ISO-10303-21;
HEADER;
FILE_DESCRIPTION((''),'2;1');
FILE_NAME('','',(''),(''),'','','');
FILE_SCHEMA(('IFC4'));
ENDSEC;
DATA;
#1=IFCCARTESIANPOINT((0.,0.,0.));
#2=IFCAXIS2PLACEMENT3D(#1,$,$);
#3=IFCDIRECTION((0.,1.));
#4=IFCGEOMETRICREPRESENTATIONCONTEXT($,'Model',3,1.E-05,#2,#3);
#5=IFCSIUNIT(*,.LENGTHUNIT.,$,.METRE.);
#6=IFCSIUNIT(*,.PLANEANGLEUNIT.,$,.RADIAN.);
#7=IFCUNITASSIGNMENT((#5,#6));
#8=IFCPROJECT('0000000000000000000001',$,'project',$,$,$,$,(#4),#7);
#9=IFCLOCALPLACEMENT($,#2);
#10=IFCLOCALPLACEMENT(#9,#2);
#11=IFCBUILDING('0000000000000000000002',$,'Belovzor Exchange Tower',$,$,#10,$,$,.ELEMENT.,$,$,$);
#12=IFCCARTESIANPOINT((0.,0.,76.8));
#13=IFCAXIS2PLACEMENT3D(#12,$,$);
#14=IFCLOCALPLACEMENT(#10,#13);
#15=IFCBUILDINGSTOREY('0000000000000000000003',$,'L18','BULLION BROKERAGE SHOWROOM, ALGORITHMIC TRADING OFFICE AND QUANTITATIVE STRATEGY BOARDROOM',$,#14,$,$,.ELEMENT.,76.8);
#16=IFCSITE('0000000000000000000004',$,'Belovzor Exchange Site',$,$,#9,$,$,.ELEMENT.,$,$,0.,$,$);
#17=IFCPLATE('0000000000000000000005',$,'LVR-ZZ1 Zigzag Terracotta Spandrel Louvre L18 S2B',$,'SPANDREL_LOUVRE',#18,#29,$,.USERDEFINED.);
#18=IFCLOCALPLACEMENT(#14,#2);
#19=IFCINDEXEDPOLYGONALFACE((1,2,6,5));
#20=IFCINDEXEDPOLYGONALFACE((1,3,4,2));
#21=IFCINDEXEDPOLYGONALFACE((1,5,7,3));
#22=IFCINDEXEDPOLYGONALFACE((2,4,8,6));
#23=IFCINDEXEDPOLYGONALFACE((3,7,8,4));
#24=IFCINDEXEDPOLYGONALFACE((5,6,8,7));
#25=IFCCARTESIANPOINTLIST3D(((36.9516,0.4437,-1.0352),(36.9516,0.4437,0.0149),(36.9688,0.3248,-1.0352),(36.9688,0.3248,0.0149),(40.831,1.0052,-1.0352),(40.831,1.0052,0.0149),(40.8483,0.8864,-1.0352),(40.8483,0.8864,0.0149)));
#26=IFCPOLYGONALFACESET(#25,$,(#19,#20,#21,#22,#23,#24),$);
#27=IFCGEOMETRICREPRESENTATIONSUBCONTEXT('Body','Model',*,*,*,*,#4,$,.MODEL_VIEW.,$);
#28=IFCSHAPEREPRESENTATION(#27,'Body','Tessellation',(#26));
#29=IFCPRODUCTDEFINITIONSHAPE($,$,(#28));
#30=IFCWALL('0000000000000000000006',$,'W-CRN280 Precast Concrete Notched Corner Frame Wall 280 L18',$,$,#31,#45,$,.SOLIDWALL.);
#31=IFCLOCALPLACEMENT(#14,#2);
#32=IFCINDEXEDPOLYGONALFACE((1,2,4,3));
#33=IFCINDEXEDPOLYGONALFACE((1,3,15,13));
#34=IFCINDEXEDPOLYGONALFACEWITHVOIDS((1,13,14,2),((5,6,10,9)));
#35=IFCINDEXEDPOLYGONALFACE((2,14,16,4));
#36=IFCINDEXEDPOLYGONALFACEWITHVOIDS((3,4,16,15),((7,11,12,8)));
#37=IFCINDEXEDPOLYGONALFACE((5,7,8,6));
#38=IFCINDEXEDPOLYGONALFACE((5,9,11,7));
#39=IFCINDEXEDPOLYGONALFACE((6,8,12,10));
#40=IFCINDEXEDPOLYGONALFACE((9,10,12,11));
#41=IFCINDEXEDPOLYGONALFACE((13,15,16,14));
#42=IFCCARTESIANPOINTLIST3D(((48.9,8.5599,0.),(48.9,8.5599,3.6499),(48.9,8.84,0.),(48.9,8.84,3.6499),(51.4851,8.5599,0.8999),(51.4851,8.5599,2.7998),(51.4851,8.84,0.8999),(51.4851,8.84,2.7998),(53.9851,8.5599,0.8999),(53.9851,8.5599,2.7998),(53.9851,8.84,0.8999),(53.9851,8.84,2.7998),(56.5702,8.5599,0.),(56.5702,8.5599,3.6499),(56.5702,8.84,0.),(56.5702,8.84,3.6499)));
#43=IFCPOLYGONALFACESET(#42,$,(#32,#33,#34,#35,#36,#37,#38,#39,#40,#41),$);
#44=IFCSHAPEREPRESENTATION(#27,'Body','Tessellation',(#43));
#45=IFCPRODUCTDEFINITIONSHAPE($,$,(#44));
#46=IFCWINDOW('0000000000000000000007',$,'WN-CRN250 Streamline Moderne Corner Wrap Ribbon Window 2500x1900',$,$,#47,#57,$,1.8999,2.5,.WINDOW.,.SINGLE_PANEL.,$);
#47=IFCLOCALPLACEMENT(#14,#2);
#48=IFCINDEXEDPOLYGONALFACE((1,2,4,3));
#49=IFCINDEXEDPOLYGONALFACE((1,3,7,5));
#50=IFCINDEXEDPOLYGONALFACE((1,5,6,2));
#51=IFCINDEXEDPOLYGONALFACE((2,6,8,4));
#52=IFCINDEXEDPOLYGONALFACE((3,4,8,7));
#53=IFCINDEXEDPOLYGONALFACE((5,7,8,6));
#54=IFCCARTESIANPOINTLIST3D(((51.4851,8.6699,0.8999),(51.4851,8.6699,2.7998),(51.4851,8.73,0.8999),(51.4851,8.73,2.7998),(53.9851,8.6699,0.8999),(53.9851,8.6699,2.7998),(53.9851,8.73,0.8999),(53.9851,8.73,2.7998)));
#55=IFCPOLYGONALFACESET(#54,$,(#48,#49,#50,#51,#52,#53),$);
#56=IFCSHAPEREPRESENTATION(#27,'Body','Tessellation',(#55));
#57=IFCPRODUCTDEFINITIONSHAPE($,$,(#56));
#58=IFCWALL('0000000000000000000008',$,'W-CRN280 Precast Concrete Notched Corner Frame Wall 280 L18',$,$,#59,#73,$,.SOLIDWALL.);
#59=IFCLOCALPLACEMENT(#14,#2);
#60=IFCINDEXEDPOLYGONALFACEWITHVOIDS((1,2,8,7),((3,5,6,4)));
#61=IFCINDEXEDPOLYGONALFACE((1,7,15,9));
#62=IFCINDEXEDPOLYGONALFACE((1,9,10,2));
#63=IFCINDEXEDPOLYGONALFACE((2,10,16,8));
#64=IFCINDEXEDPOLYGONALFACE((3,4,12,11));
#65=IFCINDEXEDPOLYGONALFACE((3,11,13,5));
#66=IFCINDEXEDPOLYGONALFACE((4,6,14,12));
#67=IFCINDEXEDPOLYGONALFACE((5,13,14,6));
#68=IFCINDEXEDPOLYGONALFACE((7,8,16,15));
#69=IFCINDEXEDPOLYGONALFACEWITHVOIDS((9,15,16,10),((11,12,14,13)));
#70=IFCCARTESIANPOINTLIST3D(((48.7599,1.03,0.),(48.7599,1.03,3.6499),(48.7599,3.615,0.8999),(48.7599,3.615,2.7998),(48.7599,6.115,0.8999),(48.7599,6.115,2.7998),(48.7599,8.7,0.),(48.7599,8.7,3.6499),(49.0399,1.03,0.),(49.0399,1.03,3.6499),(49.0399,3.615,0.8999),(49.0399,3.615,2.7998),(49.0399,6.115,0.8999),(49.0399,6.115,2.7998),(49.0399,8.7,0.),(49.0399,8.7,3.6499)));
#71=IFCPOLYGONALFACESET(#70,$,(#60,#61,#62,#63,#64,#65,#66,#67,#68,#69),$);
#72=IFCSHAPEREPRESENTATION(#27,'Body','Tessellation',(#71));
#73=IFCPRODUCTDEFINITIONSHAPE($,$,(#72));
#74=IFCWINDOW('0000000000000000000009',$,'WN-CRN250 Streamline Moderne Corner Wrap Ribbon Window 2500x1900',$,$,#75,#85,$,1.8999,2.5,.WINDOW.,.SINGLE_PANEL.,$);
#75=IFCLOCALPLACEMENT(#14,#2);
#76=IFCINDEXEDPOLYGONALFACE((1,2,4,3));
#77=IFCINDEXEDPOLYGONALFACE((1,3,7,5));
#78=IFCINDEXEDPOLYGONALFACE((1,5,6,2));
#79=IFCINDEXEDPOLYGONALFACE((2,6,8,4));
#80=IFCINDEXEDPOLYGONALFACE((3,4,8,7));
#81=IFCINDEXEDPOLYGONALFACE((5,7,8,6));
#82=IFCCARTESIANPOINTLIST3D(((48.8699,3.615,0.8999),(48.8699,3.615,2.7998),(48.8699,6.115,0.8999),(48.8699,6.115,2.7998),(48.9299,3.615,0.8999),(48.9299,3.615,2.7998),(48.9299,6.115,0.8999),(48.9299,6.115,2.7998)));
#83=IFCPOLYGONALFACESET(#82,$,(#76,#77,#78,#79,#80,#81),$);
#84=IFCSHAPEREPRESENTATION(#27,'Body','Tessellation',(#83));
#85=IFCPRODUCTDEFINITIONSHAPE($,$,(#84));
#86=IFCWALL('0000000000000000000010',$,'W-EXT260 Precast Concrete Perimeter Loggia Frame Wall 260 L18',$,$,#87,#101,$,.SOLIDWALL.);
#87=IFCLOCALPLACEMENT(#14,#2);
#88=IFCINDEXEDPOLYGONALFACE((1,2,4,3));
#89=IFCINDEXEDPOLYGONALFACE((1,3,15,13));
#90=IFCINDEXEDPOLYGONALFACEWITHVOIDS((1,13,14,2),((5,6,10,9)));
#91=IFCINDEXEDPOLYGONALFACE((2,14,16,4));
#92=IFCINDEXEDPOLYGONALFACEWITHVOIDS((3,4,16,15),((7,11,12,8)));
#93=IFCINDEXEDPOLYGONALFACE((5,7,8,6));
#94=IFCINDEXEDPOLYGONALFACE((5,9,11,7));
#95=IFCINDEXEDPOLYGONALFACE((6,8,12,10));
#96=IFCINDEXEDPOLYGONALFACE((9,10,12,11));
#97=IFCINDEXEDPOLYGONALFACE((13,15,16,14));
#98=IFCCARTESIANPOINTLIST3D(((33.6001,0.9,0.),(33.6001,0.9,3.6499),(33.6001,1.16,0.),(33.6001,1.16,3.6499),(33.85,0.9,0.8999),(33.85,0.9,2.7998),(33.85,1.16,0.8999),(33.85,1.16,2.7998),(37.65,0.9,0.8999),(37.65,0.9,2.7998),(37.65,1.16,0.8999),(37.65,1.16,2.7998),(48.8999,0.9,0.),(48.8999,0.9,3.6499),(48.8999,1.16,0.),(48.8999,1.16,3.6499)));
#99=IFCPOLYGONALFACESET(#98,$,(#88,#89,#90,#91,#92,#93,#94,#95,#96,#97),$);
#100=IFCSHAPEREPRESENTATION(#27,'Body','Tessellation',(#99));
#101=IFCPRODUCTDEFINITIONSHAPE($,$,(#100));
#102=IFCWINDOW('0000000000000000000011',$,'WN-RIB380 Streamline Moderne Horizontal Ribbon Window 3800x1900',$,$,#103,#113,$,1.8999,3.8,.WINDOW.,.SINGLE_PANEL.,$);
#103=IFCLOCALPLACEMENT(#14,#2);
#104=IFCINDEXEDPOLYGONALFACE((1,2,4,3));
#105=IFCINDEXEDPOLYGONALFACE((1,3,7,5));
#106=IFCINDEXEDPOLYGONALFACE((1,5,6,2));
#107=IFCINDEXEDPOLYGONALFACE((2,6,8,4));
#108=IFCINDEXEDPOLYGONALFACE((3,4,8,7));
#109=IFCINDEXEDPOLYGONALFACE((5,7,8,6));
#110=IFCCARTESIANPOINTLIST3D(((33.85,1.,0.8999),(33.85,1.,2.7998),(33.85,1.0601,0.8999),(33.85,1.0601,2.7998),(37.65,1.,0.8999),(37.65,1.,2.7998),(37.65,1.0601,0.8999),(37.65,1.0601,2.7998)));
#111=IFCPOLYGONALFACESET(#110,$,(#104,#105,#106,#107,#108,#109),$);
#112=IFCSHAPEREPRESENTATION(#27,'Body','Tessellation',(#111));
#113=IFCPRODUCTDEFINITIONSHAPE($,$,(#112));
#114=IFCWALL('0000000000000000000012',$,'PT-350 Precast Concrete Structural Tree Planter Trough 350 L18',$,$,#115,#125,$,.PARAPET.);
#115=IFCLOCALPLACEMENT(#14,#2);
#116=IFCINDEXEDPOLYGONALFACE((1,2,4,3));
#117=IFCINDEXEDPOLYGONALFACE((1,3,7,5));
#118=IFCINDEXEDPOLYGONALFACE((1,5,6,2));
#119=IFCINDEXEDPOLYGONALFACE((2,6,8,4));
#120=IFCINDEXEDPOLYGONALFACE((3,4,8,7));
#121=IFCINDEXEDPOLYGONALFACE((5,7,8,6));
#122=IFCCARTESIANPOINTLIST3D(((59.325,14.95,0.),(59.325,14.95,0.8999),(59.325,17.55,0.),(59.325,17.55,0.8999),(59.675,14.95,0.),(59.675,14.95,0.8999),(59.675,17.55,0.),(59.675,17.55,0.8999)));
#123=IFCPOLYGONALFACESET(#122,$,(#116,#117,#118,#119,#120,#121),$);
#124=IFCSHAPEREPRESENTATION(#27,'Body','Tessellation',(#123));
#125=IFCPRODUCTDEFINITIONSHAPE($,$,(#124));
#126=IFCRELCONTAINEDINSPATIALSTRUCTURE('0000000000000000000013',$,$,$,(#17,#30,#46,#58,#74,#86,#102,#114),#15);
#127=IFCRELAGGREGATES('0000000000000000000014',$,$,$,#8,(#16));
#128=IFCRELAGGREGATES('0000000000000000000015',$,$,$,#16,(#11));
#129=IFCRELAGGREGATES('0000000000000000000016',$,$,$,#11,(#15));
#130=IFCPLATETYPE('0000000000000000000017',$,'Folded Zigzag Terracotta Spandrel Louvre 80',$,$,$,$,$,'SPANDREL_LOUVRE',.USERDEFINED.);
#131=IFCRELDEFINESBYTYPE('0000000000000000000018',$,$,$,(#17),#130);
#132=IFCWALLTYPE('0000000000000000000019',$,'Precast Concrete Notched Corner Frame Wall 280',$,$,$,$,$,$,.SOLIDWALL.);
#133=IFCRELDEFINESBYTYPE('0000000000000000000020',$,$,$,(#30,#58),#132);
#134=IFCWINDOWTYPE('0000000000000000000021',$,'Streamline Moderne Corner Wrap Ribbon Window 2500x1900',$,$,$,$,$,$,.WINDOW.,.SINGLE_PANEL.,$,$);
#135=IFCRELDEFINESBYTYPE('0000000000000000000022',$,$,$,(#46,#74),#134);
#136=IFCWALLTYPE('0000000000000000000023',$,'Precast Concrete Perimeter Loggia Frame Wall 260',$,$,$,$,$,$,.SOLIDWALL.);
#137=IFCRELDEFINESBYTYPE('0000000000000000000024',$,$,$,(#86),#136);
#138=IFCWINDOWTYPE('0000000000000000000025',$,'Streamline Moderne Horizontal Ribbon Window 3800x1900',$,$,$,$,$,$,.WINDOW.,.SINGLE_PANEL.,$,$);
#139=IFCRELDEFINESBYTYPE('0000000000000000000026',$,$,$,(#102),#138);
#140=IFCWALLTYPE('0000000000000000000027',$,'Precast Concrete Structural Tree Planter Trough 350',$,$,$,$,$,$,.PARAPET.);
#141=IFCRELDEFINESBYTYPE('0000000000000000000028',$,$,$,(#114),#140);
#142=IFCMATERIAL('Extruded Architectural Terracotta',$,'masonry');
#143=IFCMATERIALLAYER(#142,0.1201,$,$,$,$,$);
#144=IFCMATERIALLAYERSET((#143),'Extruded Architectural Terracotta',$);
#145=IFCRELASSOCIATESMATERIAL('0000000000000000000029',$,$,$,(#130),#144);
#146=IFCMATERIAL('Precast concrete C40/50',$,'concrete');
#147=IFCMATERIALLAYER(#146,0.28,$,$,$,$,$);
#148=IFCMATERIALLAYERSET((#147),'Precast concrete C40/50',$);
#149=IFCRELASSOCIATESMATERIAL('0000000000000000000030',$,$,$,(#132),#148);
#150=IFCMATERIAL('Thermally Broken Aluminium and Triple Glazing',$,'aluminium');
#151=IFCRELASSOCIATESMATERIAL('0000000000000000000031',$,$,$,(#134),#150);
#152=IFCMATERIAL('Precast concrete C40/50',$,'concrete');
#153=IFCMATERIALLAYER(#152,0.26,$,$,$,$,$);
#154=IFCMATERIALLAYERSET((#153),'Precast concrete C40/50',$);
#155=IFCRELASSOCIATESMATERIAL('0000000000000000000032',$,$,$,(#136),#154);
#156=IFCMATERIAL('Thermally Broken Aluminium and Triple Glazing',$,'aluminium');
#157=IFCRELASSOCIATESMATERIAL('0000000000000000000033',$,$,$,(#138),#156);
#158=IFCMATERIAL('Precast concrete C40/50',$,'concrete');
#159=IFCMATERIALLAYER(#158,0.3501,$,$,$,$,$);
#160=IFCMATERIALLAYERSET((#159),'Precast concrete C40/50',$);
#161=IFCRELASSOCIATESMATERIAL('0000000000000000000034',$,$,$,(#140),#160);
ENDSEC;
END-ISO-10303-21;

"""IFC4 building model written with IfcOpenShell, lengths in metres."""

from ifc_helpers import new_model, si_unit, direction, frame, frame_2d, origin, origin_2d, place, context, subcontext, project, spatial, rectangle, extrude, material, layer, layer_set, type_object, element, fill, save


model = new_model("IFC4")

# Units and contexts
model_context = context("Model", 3, precision=1e-05, world=origin(), true_north=direction((0.0, 1.0)))
body_context = subcontext(model_context, "Body", "Model", "MODEL_VIEW")
ifc_project = project(units=[si_unit("LENGTHUNIT", "METRE"), si_unit("PLANEANGLEUNIT", "RADIAN")], contexts=[model_context])

# Site, building, storey
site_placement = place(None, origin())
site = spatial("IfcSite", under=ifc_project, at=site_placement, Name="Belovzor Exchange Site", CompositionType="ELEMENT", RefElevation=0.0)
building_placement = place(site_placement, origin())
building = spatial("IfcBuilding", under=site, at=building_placement, Name="Belovzor Exchange Tower", CompositionType="ELEMENT")
storey_placement = place(building_placement, frame((0.0, 0.0, 76.8)))
storey = spatial("IfcBuildingStorey", under=building, at=storey_placement, Name="L18", Description="BULLION BROKERAGE SHOWROOM, ALGORITHMIC TRADING OFFICE AND QUANTITATIVE STRATEGY BOARDROOM", CompositionType="ELEMENT", Elevation=76.8)

# Plate
ifc_material_1 = material(Name="Extruded Architectural Terracotta", Category="masonry")
ifc_layer_1 = layer(ifc_material_1, 0.1201)
ifc_layer_set_1 = layer_set([ifc_layer_1], Name="Extruded Architectural Terracotta")
plate_type = type_object("IfcPlateType", Name="Folded Zigzag Terracotta Spandrel Louvre 80", ElementType="SPANDREL_LOUVRE", PredefinedType="USERDEFINED", material=ifc_layer_set_1)
plate_placement = place(storey_placement, frame((38.8999, 0.665, -1.0352), z_axis=(0.0, 0.0, 1.0), x_axis=(0.989686, 0.143251, 0.0)))
element("IfcPlate", 1, at=plate_placement, inside=storey, type_object=plate_type, Name="LVR-ZZ1 Zigzag Terracotta Spandrel Louvre L18 S2B", ObjectType="SPANDREL_LOUVRE", PredefinedType="USERDEFINED", context=body_context, shape_type="SweptSolid", body=[
    extrude(rectangle(XDim=3.9199, YDim=0.1201, at=origin_2d()), origin(), (0.0, 0.0, 1.0), 1.05),
])

# Walls, openings, windows
ifc_material_2 = material(Name="Precast concrete C40/50", Category="concrete")
ifc_layer_2 = layer(ifc_material_2, 0.28)
ifc_layer_set_2 = layer_set([ifc_layer_2], Name="Precast concrete C40/50")
wall_type_1 = type_object("IfcWallType", Name="Precast Concrete Notched Corner Frame Wall 280", PredefinedType="SOLIDWALL", material=ifc_layer_set_2)
wall_1_placement = place(storey_placement, frame((56.5701, 8.7, 0.0), z_axis=(0.0, 0.0, 1.0), x_axis=(-1.0, 0.0, 0.0)))
wall_1 = element("IfcWall", 2, at=wall_1_placement, inside=storey, type_object=wall_type_1, Name="W-CRN280 Precast Concrete Notched Corner Frame Wall 280 L18", PredefinedType="SOLIDWALL", context=body_context, shape_type="SweptSolid", body=[
    extrude(rectangle(XDim=7.6702, YDim=0.28, at=frame_2d((3.835, 0.0))), origin(), (0.0, 0.0, 1.0), 3.6499),
])
opening_1_placement = place(wall_1_placement, frame((2.585, 0.0, 0.8999)))
opening_1 = element("IfcOpeningElement", 3, at=opening_1_placement, cuts=wall_1, PredefinedType="OPENING", context=body_context, shape_type="SweptSolid", body=[
    extrude(rectangle(XDim=2.5, YDim=1.8999, at=frame_2d((1.25, 0.95))), frame((0.0, 0.1499, 0.0), z_axis=(0.0, -1.0, 0.0), x_axis=(1.0, 0.0, 0.0)), (0.0, 0.0, 1.0), 0.3),
])
ifc_material_3 = material(Name="Thermally Broken Aluminium and Triple Glazing", Category="aluminium")
window_type_1 = type_object("IfcWindowType", Name="Streamline Moderne Corner Wrap Ribbon Window 2500x1900", PartitioningType="SINGLE_PANEL", PredefinedType="WINDOW", material=ifc_material_3)
window_1_placement = place(opening_1_placement, origin())
window_1 = element("IfcWindow", 4, at=window_1_placement, inside=storey, type_object=window_type_1, Name="WN-CRN250 Streamline Moderne Corner Wrap Ribbon Window 2500x1900", OverallHeight=1.8999, OverallWidth=2.5, PartitioningType="SINGLE_PANEL", PredefinedType="WINDOW", context=body_context, shape_type="SweptSolid", body=[
    extrude(rectangle(XDim=2.5, YDim=1.8999, at=frame_2d((1.25, 0.95))), frame((0.0, 0.03, 0.0), z_axis=(0.0, -1.0, 0.0), x_axis=(1.0, 0.0, 0.0)), (0.0, 0.0, 1.0), 0.0601),
])
fill(opening_1, window_1)
wall_2_placement = place(storey_placement, frame((48.8999, 8.7, 0.0), z_axis=(0.0, 0.0, 1.0), x_axis=(0.0, -1.0, 0.0)))
wall_2 = element("IfcWall", 5, at=wall_2_placement, inside=storey, type_object=wall_type_1, Name="W-CRN280 Precast Concrete Notched Corner Frame Wall 280 L18", PredefinedType="SOLIDWALL", context=body_context, shape_type="SweptSolid", body=[
    extrude(rectangle(XDim=7.6699, YDim=0.28, at=frame_2d((3.835, 0.0))), origin(), (0.0, 0.0, 1.0), 3.6499),
])
opening_2_placement = place(wall_2_placement, frame((2.585, 0.0, 0.8999)))
opening_2 = element("IfcOpeningElement", 6, at=opening_2_placement, cuts=wall_2, PredefinedType="OPENING", context=body_context, shape_type="SweptSolid", body=[
    extrude(rectangle(XDim=2.5, YDim=1.8999, at=frame_2d((1.25, 0.95))), frame((0.0, 0.1499, 0.0), z_axis=(0.0, -1.0, 0.0), x_axis=(1.0, 0.0, 0.0)), (0.0, 0.0, 1.0), 0.3),
])
window_2_placement = place(opening_2_placement, origin())
window_2 = element("IfcWindow", 7, at=window_2_placement, inside=storey, type_object=window_type_1, Name="WN-CRN250 Streamline Moderne Corner Wrap Ribbon Window 2500x1900", OverallHeight=1.8999, OverallWidth=2.5, PartitioningType="SINGLE_PANEL", PredefinedType="WINDOW", context=body_context, shape_type="SweptSolid", body=[
    extrude(rectangle(XDim=2.5, YDim=1.8999, at=frame_2d((1.25, 0.95))), frame((0.0, 0.03, 0.0), z_axis=(0.0, -1.0, 0.0), x_axis=(1.0, 0.0, 0.0)), (0.0, 0.0, 1.0), 0.0601),
])
fill(opening_2, window_2)
ifc_material_4 = material(Name="Precast concrete C40/50", Category="concrete")
ifc_layer_3 = layer(ifc_material_4, 0.26)
ifc_layer_set_3 = layer_set([ifc_layer_3], Name="Precast concrete C40/50")
wall_type_2 = type_object("IfcWallType", Name="Precast Concrete Perimeter Loggia Frame Wall 260", PredefinedType="SOLIDWALL", material=ifc_layer_set_3)
wall_3_placement = place(storey_placement, frame((48.8999, 1.03, 0.0), z_axis=(0.0, 0.0, 1.0), x_axis=(-1.0, 0.0, 0.0)))
wall_3 = element("IfcWall", 8, at=wall_3_placement, inside=storey, type_object=wall_type_2, Name="W-EXT260 Precast Concrete Perimeter Loggia Frame Wall 260 L18", PredefinedType="SOLIDWALL", context=body_context, shape_type="SweptSolid", body=[
    extrude(rectangle(XDim=15.2998, YDim=0.26, at=frame_2d((7.6499, 0.0))), origin(), (0.0, 0.0, 1.0), 3.6499),
])
opening_3_placement = place(wall_3_placement, frame((11.25, 0.0, 0.8999)))
opening_3 = element("IfcOpeningElement", 9, at=opening_3_placement, cuts=wall_3, PredefinedType="OPENING", context=body_context, shape_type="SweptSolid", body=[
    extrude(rectangle(XDim=3.8, YDim=1.8999, at=frame_2d((1.8999, 0.95))), frame((0.0, 0.1399, 0.0), z_axis=(0.0, -1.0, 0.0), x_axis=(1.0, 0.0, 0.0)), (0.0, 0.0, 1.0), 0.28),
])
ifc_material_5 = material(Name="Thermally Broken Aluminium and Triple Glazing", Category="aluminium")
window_type_2 = type_object("IfcWindowType", Name="Streamline Moderne Horizontal Ribbon Window 3800x1900", PartitioningType="SINGLE_PANEL", PredefinedType="WINDOW", material=ifc_material_5)
window_3_placement = place(opening_3_placement, origin())
window_3 = element("IfcWindow", 10, at=window_3_placement, inside=storey, type_object=window_type_2, Name="WN-RIB380 Streamline Moderne Horizontal Ribbon Window 3800x1900", OverallHeight=1.8999, OverallWidth=3.8, PartitioningType="SINGLE_PANEL", PredefinedType="WINDOW", context=body_context, shape_type="SweptSolid", body=[
    extrude(rectangle(XDim=3.8, YDim=1.8999, at=frame_2d((1.8999, 0.95))), frame((0.0, 0.03, 0.0), z_axis=(0.0, -1.0, 0.0), x_axis=(1.0, 0.0, 0.0)), (0.0, 0.0, 1.0), 0.0601),
])
fill(opening_3, window_3)

# Wall
ifc_material_6 = material(Name="Precast concrete C40/50", Category="concrete")
ifc_layer_4 = layer(ifc_material_6, 0.3501)
ifc_layer_set_4 = layer_set([ifc_layer_4], Name="Precast concrete C40/50")
wall_type_3 = type_object("IfcWallType", Name="Precast Concrete Structural Tree Planter Trough 350", PredefinedType="PARAPET", material=ifc_layer_set_4)
wall_4_placement = place(storey_placement, frame((59.5, 14.95, 0.0), z_axis=(0.0, 0.0, 1.0), x_axis=(0.0, 1.0, 0.0)))
element("IfcWall", 11, at=wall_4_placement, inside=storey, type_object=wall_type_3, Name="PT-350 Precast Concrete Structural Tree Planter Trough 350 L18", PredefinedType="PARAPET", context=body_context, shape_type="SweptSolid", body=[
    extrude(rectangle(XDim=2.6001, YDim=0.3501, at=frame_2d((1.3, 0.0))), origin(), (0.0, 0.0, 1.0), 0.8999),
])

save(model, "model.ifc")
